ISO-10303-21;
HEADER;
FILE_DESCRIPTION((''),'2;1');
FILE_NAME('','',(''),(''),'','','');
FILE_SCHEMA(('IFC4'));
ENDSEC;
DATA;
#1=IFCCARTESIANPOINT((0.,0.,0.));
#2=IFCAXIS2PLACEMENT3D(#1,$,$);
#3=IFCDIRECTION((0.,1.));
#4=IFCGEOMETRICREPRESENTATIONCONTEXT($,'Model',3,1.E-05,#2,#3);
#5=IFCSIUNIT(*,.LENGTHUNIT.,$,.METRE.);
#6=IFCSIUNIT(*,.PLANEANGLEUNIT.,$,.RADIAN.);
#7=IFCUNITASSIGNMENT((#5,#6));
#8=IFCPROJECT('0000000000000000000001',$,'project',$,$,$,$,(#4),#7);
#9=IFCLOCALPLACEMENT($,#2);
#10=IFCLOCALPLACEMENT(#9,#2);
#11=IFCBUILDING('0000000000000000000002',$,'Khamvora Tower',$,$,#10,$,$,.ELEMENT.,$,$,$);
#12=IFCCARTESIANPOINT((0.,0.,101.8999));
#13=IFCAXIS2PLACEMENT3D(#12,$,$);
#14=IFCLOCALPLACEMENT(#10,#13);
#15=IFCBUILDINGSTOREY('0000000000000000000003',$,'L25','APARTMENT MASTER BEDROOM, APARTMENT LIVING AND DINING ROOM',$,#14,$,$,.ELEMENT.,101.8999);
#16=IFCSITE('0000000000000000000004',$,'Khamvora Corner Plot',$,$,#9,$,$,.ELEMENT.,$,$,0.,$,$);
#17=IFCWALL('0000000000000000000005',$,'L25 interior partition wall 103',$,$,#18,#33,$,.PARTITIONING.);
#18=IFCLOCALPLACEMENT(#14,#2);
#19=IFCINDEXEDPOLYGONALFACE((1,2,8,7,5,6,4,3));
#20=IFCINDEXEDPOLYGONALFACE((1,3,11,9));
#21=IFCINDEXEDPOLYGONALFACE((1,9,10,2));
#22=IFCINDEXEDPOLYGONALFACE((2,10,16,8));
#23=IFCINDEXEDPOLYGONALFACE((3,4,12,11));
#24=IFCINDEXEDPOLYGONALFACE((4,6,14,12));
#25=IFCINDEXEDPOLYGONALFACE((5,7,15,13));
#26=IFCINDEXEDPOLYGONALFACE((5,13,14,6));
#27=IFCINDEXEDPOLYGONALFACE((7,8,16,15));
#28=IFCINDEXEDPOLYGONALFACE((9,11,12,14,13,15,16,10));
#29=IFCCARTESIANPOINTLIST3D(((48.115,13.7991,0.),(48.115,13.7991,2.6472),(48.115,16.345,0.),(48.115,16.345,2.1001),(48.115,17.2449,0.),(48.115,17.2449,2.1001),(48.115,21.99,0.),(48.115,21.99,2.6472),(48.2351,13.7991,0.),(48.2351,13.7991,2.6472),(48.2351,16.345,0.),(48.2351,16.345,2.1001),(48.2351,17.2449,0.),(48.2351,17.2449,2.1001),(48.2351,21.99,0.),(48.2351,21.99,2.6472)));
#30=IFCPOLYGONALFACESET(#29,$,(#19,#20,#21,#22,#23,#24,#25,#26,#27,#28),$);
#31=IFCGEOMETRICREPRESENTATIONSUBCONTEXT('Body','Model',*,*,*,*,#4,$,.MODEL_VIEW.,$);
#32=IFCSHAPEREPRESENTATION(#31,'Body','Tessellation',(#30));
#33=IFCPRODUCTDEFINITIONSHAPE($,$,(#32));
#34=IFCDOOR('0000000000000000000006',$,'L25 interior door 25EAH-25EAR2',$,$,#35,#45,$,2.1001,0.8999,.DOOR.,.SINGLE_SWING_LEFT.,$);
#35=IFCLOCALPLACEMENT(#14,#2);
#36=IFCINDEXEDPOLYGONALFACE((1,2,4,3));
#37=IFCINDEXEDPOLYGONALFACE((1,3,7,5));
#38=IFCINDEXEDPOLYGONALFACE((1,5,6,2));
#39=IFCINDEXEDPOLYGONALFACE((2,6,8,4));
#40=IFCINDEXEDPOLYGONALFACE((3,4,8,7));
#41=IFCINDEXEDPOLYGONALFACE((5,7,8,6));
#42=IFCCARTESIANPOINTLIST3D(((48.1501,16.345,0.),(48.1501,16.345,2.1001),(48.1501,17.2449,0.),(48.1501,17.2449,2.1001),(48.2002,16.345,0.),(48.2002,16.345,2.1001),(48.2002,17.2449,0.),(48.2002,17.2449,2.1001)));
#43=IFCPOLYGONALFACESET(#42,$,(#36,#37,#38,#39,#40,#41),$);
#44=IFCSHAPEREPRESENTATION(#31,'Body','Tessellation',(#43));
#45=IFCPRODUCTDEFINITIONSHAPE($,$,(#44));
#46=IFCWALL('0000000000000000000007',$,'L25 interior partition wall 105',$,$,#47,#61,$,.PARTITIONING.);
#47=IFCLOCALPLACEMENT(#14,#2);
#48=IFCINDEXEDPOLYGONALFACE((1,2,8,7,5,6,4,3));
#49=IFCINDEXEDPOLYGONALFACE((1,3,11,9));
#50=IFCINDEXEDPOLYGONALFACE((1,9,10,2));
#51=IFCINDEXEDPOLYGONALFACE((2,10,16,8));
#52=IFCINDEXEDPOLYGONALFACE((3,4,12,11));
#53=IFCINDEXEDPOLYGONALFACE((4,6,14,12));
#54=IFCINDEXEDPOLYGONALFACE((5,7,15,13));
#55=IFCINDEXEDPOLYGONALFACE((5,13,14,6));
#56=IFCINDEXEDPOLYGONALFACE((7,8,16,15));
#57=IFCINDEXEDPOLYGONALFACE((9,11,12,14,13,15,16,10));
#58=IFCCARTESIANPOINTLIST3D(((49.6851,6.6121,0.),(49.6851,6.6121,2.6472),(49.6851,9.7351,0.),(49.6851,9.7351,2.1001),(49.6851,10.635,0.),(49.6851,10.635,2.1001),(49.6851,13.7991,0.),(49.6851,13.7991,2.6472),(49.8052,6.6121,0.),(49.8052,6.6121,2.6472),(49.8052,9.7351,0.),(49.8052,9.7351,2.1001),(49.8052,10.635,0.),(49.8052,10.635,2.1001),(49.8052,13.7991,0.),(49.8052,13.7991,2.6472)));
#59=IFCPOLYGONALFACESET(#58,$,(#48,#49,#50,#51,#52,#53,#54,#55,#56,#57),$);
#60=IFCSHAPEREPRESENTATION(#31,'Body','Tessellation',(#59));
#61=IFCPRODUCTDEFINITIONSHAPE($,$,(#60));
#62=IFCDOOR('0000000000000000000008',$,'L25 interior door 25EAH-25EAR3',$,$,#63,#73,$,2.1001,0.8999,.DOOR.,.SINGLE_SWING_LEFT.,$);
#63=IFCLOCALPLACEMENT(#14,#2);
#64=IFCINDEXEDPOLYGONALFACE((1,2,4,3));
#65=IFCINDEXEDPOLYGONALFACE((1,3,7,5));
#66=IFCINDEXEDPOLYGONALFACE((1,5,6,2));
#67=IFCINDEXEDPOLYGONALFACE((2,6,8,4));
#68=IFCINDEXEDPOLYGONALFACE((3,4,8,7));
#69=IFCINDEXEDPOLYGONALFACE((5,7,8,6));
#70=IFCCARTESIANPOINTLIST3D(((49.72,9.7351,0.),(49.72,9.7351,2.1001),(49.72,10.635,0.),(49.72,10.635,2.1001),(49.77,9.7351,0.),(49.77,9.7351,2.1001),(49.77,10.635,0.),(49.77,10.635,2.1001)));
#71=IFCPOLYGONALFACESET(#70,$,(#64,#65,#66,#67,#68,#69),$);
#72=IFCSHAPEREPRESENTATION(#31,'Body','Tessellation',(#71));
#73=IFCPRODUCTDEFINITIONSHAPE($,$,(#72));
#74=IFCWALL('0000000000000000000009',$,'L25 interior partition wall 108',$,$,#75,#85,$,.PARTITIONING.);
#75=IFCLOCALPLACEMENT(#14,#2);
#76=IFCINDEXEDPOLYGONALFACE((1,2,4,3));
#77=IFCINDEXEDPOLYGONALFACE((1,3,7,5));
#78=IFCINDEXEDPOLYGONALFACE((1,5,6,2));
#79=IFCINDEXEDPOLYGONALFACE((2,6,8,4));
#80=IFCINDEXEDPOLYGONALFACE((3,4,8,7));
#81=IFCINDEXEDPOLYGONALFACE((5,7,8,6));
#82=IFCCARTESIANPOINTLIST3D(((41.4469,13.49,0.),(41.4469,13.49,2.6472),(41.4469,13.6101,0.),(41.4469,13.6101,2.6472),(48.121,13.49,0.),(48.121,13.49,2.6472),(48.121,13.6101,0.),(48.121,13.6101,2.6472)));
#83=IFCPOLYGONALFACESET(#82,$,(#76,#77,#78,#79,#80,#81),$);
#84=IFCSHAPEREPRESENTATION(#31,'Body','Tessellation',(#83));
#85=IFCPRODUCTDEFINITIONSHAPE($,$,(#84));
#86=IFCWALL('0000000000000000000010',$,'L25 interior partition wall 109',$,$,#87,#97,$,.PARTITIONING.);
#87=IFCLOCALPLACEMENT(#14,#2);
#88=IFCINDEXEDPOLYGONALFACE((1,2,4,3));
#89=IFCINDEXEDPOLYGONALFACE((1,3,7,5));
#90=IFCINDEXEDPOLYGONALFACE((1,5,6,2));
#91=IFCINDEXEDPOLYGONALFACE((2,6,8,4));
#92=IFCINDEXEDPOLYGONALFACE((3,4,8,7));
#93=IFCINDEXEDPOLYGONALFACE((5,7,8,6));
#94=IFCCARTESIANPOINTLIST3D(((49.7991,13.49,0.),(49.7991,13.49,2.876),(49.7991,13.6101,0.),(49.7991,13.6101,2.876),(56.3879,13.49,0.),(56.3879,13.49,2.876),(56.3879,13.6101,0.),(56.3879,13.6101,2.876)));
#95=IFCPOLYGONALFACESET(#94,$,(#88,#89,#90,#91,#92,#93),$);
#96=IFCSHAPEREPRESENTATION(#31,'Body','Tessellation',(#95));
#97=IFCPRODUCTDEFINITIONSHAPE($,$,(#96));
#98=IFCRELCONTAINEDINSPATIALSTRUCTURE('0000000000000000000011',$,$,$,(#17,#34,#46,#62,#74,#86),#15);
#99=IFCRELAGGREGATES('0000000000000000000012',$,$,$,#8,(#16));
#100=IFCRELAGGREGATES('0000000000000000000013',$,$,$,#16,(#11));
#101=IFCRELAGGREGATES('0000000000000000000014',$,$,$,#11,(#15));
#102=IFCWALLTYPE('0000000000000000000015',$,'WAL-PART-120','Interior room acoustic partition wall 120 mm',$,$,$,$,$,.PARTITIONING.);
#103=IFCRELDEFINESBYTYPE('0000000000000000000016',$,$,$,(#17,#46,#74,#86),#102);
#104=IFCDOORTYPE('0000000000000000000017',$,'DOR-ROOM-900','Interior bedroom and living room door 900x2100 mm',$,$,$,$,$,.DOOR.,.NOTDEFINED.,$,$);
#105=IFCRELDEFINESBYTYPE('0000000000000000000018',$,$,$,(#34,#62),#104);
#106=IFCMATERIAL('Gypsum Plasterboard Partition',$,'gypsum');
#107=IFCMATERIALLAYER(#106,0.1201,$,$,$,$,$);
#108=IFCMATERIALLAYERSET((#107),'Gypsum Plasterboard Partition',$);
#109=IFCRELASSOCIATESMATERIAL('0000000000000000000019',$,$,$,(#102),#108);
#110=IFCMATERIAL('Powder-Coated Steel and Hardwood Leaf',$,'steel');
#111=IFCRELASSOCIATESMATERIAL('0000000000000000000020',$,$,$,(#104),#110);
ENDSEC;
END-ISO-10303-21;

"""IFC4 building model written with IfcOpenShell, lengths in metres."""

from ifc_helpers import new_model, si_unit, direction, frame, frame_2d, origin, place, context, subcontext, project, spatial, rectangle, extrude, material, layer, layer_set, type_object, element, fill, save


model = new_model("IFC4")

# Units and contexts
model_context = context("Model", 3, precision=1e-05, world=origin(), true_north=direction((0.0, 1.0)))
body_context = subcontext(model_context, "Body", "Model", "MODEL_VIEW")
ifc_project = project(units=[si_unit("LENGTHUNIT", "METRE"), si_unit("PLANEANGLEUNIT", "RADIAN")], contexts=[model_context])

# Site, building, storey
site_placement = place(None, origin())
site = spatial("IfcSite", under=ifc_project, at=site_placement, Name="Khamvora Corner Plot", CompositionType="ELEMENT", RefElevation=0.0)
building_placement = place(site_placement, origin())
building = spatial("IfcBuilding", under=site, at=building_placement, Name="Khamvora Tower", CompositionType="ELEMENT")
storey_placement = place(building_placement, frame((0.0, 0.0, 101.8999)))
storey = spatial("IfcBuildingStorey", under=building, at=storey_placement, Name="L25", Description="APARTMENT MASTER BEDROOM, APARTMENT LIVING AND DINING ROOM", CompositionType="ELEMENT", Elevation=101.8999)

# Walls, openings, doors
ifc_material_1 = material(Name="Gypsum Plasterboard Partition", Category="gypsum")
ifc_layer_1 = layer(ifc_material_1, 0.1201)
ifc_layer_set_1 = layer_set([ifc_layer_1], Name="Gypsum Plasterboard Partition")
wall_type_1 = type_object("IfcWallType", Name="WAL-PART-120", Description="Interior room acoustic partition wall 120 mm", PredefinedType="PARTITIONING", material=ifc_layer_set_1)
ifc_material_2 = material(Name="Powder-Coated Steel and Hardwood Leaf", Category="steel")
door_type = type_object("IfcDoorType", Name="DOR-ROOM-900", Description="Interior bedroom and living room door 900x2100 mm", OperationType="NOTDEFINED", PredefinedType="DOOR", material=ifc_material_2)
wall_1_placement = place(storey_placement, frame((48.175, 13.7991, 0.0), z_axis=(0.0, 0.0, 1.0), x_axis=(0.0, 1.0, 0.0)))
wall_1 = element("IfcWall", 1, at=wall_1_placement, inside=storey, type_object=wall_type_1, Name="L25 interior partition wall 103", PredefinedType="PARTITIONING", context=body_context, shape_type="SweptSolid", body=[
    extrude(rectangle(XDim=8.1909, YDim=0.1201, at=frame_2d((4.0955, 0.0))), origin(), (0.0, 0.0, 1.0), 2.6472),
])
opening_1_placement = place(wall_1_placement, frame((2.5459, 0.0, 0.0)))
opening_1 = element("IfcOpeningElement", 2, at=opening_1_placement, cuts=wall_1, PredefinedType="OPENING", context=body_context, shape_type="SweptSolid", body=[
    extrude(rectangle(XDim=0.8999, YDim=2.1001, at=frame_2d((0.45, 1.05))), frame((0.0, 0.0701, 0.0), z_axis=(0.0, -1.0, 0.0), x_axis=(1.0, 0.0, 0.0)), (0.0, 0.0, 1.0), 0.1401),
])
door_1_placement = place(opening_1_placement, origin())
door_1 = element("IfcDoor", 3, at=door_1_placement, inside=storey, type_object=door_type, Name="L25 interior door 25EAH-25EAR2", OperationType="SINGLE_SWING_LEFT", OverallHeight=2.1001, OverallWidth=0.8999, PredefinedType="DOOR", context=body_context, shape_type="SweptSolid", body=[
    extrude(rectangle(XDim=0.8999, YDim=2.1001, at=frame_2d((0.45, 1.05))), frame((0.0, 0.0249, 0.0), z_axis=(0.0, -1.0, 0.0), x_axis=(1.0, 0.0, 0.0)), (0.0, 0.0, 1.0), 0.05),
])
fill(opening_1, door_1)
wall_2_placement = place(storey_placement, frame((49.7451, 13.7991, 0.0), z_axis=(0.0, 0.0, 1.0), x_axis=(0.0, -1.0, 0.0)))
wall_2 = element("IfcWall", 4, at=wall_2_placement, inside=storey, type_object=wall_type_1, Name="L25 interior partition wall 105", PredefinedType="PARTITIONING", context=body_context, shape_type="SweptSolid", body=[
    extrude(rectangle(XDim=7.187, YDim=0.1201, at=frame_2d((3.5935, 0.0))), origin(), (0.0, 0.0, 1.0), 2.6472),
])
opening_2_placement = place(wall_2_placement, frame((3.1641, 0.0, 0.0)))
opening_2 = element("IfcOpeningElement", 5, at=opening_2_placement, cuts=wall_2, PredefinedType="OPENING", context=body_context, shape_type="SweptSolid", body=[
    extrude(rectangle(XDim=0.8999, YDim=2.1001, at=frame_2d((0.45, 1.05))), frame((0.0, 0.0701, 0.0), z_axis=(0.0, -1.0, 0.0), x_axis=(1.0, 0.0, 0.0)), (0.0, 0.0, 1.0), 0.1401),
])
door_2_placement = place(opening_2_placement, origin())
door_2 = element("IfcDoor", 6, at=door_2_placement, inside=storey, type_object=door_type, Name="L25 interior door 25EAH-25EAR3", OperationType="SINGLE_SWING_LEFT", OverallHeight=2.1001, OverallWidth=0.8999, PredefinedType="DOOR", context=body_context, shape_type="SweptSolid", body=[
    extrude(rectangle(XDim=0.8999, YDim=2.1001, at=frame_2d((0.45, 1.05))), frame((0.0, 0.0249, 0.0), z_axis=(0.0, -1.0, 0.0), x_axis=(1.0, 0.0, 0.0)), (0.0, 0.0, 1.0), 0.05),
])
fill(opening_2, door_2)

# Walls
wall_3_placement = place(storey_placement, frame((41.447, 13.55, 0.0), z_axis=(0.0, 0.0, 1.0), x_axis=(1.0, 0.0, 0.0)))
element("IfcWall", 7, at=wall_3_placement, inside=storey, type_object=wall_type_1, Name="L25 interior partition wall 108", PredefinedType="PARTITIONING", context=body_context, shape_type="SweptSolid", body=[
    extrude(rectangle(XDim=6.6741, YDim=0.1201, at=frame_2d((3.3369, 0.0))), origin(), (0.0, 0.0, 1.0), 2.6472),
])
wall_4_placement = place(storey_placement, frame((49.7991, 13.55, 0.0), z_axis=(0.0, 0.0, 1.0), x_axis=(1.0, 0.0, 0.0)))
element("IfcWall", 8, at=wall_4_placement, inside=storey, type_object=wall_type_1, Name="L25 interior partition wall 109", PredefinedType="PARTITIONING", context=body_context, shape_type="SweptSolid", body=[
    extrude(rectangle(XDim=6.5889, YDim=0.1201, at=frame_2d((3.2944, 0.0))), origin(), (0.0, 0.0, 1.0), 2.876),
])

save(model, "model.ifc")
